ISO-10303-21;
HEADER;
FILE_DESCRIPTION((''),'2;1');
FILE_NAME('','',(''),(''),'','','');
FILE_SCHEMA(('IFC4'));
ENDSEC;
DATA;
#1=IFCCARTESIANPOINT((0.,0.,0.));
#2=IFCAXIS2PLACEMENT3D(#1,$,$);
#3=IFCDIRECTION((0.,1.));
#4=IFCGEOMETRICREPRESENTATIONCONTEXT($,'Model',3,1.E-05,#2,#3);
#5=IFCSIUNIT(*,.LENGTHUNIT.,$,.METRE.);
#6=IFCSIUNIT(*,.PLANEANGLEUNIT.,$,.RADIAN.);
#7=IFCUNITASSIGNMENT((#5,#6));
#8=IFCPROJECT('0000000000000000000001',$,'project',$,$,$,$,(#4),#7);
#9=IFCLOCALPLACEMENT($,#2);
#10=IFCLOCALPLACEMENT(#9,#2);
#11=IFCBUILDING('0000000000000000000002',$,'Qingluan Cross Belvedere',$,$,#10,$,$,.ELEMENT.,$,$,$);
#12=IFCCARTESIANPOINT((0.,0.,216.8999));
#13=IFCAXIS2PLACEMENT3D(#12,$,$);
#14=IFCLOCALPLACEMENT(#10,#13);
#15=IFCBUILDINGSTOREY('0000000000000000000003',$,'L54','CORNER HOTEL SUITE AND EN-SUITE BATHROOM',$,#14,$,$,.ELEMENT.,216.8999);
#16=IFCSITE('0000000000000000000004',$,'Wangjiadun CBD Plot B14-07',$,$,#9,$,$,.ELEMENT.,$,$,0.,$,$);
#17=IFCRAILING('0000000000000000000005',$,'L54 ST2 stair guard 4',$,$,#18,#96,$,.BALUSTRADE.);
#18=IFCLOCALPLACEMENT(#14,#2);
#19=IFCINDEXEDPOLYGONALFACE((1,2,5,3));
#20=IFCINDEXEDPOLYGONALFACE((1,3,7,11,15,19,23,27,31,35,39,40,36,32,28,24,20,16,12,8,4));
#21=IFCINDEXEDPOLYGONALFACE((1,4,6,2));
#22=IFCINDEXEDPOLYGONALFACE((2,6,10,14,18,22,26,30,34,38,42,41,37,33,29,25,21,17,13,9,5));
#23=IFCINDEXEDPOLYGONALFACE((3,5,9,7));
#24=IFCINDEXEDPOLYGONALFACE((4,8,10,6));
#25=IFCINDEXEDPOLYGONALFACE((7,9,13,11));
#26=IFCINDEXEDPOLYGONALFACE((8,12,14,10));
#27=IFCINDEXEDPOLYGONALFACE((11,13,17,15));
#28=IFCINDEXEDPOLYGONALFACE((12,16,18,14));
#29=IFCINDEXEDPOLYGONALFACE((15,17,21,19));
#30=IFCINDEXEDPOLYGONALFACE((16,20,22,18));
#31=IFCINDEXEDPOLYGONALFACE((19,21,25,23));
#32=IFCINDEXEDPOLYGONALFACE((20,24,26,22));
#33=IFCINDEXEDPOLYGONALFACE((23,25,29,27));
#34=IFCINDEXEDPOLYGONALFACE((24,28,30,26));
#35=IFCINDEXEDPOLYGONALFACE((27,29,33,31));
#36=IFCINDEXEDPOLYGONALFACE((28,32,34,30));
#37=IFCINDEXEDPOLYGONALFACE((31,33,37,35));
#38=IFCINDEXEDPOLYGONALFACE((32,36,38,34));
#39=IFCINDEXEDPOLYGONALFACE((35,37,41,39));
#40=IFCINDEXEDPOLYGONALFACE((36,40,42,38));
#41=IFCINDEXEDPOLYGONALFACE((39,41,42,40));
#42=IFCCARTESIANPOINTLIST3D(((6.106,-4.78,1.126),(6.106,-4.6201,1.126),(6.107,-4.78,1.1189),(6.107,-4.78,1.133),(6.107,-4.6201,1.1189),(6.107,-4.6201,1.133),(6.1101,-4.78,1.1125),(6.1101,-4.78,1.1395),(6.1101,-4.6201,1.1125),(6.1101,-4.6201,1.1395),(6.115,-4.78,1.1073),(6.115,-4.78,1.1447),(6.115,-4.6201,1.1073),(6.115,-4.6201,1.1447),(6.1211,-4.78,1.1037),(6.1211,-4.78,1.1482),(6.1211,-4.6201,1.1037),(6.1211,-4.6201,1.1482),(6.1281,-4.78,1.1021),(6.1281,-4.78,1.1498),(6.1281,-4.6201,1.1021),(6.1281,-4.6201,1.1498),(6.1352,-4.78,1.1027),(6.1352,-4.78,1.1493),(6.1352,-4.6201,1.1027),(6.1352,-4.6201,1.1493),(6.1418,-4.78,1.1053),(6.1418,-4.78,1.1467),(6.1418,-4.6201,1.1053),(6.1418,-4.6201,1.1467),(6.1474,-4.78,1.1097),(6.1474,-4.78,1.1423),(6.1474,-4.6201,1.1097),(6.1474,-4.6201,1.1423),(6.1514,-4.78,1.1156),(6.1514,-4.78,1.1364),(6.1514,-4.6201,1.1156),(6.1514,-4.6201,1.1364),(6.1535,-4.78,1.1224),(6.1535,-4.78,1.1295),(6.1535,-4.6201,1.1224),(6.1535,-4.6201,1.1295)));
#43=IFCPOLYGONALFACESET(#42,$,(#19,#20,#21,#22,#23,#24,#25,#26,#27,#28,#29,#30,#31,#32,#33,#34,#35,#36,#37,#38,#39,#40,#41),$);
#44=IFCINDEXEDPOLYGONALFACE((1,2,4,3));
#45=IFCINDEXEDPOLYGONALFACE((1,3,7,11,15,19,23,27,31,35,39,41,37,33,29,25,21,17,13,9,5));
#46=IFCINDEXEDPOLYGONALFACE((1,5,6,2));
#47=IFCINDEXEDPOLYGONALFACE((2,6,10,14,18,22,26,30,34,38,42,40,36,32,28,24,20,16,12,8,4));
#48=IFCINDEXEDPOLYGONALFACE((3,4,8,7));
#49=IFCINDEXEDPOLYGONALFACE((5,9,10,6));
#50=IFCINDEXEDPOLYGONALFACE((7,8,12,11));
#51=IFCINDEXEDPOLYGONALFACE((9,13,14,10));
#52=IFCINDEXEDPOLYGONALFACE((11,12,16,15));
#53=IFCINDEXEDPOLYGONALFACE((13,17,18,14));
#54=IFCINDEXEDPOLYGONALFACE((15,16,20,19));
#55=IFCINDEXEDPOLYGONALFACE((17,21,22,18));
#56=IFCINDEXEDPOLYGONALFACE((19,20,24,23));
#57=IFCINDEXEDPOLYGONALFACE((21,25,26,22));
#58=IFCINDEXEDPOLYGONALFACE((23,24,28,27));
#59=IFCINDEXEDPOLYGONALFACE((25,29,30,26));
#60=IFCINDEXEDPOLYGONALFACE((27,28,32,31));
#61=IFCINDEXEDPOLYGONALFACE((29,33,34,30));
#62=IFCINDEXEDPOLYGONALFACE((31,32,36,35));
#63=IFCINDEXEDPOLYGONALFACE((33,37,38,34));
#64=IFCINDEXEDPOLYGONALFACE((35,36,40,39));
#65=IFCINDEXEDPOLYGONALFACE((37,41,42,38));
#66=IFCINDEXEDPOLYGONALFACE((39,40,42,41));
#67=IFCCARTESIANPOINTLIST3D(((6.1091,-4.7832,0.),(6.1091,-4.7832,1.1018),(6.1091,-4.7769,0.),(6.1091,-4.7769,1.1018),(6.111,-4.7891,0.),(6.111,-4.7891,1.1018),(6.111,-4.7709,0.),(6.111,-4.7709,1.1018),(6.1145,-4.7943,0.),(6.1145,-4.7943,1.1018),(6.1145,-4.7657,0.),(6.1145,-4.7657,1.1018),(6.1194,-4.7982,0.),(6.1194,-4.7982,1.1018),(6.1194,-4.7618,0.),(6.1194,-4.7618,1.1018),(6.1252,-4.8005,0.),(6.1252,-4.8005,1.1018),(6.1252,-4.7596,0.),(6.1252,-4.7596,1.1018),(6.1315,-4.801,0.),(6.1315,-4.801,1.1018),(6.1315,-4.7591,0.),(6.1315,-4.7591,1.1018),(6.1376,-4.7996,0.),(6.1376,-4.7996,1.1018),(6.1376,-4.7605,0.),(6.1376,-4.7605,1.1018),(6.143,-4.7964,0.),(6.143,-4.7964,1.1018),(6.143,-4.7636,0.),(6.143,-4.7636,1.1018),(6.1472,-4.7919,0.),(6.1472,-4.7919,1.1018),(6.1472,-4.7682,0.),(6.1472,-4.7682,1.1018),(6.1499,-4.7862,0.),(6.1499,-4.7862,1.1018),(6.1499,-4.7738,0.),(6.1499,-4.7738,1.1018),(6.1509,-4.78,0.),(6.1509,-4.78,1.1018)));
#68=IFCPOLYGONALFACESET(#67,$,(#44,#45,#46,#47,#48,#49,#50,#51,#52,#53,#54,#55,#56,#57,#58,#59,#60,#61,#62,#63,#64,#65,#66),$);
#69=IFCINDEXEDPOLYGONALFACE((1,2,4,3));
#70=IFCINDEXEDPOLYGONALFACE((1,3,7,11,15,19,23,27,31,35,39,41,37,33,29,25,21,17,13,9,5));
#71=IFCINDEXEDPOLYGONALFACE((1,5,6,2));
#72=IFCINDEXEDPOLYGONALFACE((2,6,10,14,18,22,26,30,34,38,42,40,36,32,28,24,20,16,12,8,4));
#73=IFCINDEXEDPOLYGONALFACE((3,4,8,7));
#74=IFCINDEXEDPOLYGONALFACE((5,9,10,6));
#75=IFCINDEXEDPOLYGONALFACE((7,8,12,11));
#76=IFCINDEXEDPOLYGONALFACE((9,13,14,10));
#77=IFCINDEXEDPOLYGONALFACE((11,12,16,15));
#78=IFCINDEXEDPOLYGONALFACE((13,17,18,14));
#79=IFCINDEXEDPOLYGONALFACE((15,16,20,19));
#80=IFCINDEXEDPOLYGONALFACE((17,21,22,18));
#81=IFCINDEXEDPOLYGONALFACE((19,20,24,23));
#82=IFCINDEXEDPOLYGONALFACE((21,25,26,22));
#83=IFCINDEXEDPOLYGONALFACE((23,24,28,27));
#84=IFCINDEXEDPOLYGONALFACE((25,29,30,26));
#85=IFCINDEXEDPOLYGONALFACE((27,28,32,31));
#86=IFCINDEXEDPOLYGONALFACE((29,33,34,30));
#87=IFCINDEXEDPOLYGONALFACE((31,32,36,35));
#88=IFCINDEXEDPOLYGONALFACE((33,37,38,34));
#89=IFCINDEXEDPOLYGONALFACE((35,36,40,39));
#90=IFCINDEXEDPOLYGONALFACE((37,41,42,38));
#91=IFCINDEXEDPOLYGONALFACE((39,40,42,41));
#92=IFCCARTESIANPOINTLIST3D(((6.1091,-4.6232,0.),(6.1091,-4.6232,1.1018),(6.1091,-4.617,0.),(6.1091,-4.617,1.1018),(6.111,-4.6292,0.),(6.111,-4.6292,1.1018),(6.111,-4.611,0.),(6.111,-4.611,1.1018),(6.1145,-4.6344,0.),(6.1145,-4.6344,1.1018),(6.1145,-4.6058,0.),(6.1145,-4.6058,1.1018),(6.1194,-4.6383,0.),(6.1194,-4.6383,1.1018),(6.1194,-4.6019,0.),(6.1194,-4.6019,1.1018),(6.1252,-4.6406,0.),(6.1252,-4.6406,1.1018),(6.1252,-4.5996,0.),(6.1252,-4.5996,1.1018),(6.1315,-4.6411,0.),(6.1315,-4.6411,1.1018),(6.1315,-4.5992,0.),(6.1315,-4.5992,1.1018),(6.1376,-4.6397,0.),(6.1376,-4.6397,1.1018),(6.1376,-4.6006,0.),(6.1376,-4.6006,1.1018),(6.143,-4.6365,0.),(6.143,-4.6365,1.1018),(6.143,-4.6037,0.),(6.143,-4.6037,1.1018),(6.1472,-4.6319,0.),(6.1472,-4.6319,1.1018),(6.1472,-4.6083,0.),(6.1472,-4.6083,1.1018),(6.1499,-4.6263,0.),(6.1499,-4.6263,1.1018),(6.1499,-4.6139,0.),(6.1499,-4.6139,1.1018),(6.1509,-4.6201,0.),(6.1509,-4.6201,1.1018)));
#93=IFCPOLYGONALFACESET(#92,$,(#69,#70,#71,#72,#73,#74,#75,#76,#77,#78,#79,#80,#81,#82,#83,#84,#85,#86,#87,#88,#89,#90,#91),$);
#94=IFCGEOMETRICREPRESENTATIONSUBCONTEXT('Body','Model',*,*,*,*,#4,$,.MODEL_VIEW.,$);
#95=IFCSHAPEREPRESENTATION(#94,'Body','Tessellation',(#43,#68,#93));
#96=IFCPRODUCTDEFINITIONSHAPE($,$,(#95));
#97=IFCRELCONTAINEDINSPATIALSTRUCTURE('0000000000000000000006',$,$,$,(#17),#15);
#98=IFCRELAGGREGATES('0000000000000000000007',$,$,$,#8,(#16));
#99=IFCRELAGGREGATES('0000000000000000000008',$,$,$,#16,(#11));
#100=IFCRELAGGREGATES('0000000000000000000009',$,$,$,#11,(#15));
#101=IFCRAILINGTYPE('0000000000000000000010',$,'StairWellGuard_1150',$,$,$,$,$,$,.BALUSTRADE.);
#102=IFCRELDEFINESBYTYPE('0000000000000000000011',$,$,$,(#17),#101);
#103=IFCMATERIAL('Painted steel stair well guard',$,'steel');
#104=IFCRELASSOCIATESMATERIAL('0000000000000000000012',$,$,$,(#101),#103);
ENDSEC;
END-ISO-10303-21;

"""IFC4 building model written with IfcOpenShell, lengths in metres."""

from ifc_helpers import new_model, si_unit, direction, frame, origin, origin_2d, place, context, subcontext, project, spatial, circle, extrude, material, type_object, element, save


model = new_model("IFC4")

# Units and contexts
model_context = context("Model", 3, precision=1e-05, world=origin(), true_north=direction((0.0, 1.0)))
body_context = subcontext(model_context, "Body", "Model", "MODEL_VIEW")
ifc_project = project(units=[si_unit("LENGTHUNIT", "METRE"), si_unit("PLANEANGLEUNIT", "RADIAN")], contexts=[model_context])

# Site, building, storey
site_placement = place(None, origin())
site = spatial("IfcSite", under=ifc_project, at=site_placement, Name="Wangjiadun CBD Plot B14-07", CompositionType="ELEMENT", RefElevation=0.0)
building_placement = place(site_placement, origin())
building = spatial("IfcBuilding", under=site, at=building_placement, Name="Qingluan Cross Belvedere", CompositionType="ELEMENT")
storey_placement = place(building_placement, frame((0.0, 0.0, 216.8999)))
storey = spatial("IfcBuildingStorey", under=building, at=storey_placement, Name="L54", Description="CORNER HOTEL SUITE AND EN-SUITE BATHROOM", CompositionType="ELEMENT", Elevation=216.8999)

# Railing
ifc_material_1 = material(Name="Painted steel stair well guard", Category="steel")
railing_type_1 = type_object("IfcRailingType", Name="StairWellGuard_1150", PredefinedType="BALUSTRADE", material=ifc_material_1)
railing_1_placement = place(storey_placement, frame((6.1299, -4.78, 0.0)))
element("IfcRailing", 1, at=railing_1_placement, inside=storey, type_object=railing_type_1, Name="L54 ST2 stair guard 4", PredefinedType="BALUSTRADE", context=body_context, shape_type="SweptSolid", body=[
    extrude(circle(Radius=0.0239, at=origin_2d()), frame((0.0, 0.0, 1.126), z_axis=(0.0, 1.0, 0.0), x_axis=(-1.0, 0.0, 0.0)), (0.0, 0.0, 1.0), 0.1599),
    extrude(circle(Radius=0.021, at=origin_2d()), origin(), (0.0, 0.0, 1.0), 1.1018),
    extrude(circle(Radius=0.021, at=origin_2d()), frame((0.0, 0.1599, 0.0)), (0.0, 0.0, 1.0), 1.1018),
])

save(model, "model.ifc")
